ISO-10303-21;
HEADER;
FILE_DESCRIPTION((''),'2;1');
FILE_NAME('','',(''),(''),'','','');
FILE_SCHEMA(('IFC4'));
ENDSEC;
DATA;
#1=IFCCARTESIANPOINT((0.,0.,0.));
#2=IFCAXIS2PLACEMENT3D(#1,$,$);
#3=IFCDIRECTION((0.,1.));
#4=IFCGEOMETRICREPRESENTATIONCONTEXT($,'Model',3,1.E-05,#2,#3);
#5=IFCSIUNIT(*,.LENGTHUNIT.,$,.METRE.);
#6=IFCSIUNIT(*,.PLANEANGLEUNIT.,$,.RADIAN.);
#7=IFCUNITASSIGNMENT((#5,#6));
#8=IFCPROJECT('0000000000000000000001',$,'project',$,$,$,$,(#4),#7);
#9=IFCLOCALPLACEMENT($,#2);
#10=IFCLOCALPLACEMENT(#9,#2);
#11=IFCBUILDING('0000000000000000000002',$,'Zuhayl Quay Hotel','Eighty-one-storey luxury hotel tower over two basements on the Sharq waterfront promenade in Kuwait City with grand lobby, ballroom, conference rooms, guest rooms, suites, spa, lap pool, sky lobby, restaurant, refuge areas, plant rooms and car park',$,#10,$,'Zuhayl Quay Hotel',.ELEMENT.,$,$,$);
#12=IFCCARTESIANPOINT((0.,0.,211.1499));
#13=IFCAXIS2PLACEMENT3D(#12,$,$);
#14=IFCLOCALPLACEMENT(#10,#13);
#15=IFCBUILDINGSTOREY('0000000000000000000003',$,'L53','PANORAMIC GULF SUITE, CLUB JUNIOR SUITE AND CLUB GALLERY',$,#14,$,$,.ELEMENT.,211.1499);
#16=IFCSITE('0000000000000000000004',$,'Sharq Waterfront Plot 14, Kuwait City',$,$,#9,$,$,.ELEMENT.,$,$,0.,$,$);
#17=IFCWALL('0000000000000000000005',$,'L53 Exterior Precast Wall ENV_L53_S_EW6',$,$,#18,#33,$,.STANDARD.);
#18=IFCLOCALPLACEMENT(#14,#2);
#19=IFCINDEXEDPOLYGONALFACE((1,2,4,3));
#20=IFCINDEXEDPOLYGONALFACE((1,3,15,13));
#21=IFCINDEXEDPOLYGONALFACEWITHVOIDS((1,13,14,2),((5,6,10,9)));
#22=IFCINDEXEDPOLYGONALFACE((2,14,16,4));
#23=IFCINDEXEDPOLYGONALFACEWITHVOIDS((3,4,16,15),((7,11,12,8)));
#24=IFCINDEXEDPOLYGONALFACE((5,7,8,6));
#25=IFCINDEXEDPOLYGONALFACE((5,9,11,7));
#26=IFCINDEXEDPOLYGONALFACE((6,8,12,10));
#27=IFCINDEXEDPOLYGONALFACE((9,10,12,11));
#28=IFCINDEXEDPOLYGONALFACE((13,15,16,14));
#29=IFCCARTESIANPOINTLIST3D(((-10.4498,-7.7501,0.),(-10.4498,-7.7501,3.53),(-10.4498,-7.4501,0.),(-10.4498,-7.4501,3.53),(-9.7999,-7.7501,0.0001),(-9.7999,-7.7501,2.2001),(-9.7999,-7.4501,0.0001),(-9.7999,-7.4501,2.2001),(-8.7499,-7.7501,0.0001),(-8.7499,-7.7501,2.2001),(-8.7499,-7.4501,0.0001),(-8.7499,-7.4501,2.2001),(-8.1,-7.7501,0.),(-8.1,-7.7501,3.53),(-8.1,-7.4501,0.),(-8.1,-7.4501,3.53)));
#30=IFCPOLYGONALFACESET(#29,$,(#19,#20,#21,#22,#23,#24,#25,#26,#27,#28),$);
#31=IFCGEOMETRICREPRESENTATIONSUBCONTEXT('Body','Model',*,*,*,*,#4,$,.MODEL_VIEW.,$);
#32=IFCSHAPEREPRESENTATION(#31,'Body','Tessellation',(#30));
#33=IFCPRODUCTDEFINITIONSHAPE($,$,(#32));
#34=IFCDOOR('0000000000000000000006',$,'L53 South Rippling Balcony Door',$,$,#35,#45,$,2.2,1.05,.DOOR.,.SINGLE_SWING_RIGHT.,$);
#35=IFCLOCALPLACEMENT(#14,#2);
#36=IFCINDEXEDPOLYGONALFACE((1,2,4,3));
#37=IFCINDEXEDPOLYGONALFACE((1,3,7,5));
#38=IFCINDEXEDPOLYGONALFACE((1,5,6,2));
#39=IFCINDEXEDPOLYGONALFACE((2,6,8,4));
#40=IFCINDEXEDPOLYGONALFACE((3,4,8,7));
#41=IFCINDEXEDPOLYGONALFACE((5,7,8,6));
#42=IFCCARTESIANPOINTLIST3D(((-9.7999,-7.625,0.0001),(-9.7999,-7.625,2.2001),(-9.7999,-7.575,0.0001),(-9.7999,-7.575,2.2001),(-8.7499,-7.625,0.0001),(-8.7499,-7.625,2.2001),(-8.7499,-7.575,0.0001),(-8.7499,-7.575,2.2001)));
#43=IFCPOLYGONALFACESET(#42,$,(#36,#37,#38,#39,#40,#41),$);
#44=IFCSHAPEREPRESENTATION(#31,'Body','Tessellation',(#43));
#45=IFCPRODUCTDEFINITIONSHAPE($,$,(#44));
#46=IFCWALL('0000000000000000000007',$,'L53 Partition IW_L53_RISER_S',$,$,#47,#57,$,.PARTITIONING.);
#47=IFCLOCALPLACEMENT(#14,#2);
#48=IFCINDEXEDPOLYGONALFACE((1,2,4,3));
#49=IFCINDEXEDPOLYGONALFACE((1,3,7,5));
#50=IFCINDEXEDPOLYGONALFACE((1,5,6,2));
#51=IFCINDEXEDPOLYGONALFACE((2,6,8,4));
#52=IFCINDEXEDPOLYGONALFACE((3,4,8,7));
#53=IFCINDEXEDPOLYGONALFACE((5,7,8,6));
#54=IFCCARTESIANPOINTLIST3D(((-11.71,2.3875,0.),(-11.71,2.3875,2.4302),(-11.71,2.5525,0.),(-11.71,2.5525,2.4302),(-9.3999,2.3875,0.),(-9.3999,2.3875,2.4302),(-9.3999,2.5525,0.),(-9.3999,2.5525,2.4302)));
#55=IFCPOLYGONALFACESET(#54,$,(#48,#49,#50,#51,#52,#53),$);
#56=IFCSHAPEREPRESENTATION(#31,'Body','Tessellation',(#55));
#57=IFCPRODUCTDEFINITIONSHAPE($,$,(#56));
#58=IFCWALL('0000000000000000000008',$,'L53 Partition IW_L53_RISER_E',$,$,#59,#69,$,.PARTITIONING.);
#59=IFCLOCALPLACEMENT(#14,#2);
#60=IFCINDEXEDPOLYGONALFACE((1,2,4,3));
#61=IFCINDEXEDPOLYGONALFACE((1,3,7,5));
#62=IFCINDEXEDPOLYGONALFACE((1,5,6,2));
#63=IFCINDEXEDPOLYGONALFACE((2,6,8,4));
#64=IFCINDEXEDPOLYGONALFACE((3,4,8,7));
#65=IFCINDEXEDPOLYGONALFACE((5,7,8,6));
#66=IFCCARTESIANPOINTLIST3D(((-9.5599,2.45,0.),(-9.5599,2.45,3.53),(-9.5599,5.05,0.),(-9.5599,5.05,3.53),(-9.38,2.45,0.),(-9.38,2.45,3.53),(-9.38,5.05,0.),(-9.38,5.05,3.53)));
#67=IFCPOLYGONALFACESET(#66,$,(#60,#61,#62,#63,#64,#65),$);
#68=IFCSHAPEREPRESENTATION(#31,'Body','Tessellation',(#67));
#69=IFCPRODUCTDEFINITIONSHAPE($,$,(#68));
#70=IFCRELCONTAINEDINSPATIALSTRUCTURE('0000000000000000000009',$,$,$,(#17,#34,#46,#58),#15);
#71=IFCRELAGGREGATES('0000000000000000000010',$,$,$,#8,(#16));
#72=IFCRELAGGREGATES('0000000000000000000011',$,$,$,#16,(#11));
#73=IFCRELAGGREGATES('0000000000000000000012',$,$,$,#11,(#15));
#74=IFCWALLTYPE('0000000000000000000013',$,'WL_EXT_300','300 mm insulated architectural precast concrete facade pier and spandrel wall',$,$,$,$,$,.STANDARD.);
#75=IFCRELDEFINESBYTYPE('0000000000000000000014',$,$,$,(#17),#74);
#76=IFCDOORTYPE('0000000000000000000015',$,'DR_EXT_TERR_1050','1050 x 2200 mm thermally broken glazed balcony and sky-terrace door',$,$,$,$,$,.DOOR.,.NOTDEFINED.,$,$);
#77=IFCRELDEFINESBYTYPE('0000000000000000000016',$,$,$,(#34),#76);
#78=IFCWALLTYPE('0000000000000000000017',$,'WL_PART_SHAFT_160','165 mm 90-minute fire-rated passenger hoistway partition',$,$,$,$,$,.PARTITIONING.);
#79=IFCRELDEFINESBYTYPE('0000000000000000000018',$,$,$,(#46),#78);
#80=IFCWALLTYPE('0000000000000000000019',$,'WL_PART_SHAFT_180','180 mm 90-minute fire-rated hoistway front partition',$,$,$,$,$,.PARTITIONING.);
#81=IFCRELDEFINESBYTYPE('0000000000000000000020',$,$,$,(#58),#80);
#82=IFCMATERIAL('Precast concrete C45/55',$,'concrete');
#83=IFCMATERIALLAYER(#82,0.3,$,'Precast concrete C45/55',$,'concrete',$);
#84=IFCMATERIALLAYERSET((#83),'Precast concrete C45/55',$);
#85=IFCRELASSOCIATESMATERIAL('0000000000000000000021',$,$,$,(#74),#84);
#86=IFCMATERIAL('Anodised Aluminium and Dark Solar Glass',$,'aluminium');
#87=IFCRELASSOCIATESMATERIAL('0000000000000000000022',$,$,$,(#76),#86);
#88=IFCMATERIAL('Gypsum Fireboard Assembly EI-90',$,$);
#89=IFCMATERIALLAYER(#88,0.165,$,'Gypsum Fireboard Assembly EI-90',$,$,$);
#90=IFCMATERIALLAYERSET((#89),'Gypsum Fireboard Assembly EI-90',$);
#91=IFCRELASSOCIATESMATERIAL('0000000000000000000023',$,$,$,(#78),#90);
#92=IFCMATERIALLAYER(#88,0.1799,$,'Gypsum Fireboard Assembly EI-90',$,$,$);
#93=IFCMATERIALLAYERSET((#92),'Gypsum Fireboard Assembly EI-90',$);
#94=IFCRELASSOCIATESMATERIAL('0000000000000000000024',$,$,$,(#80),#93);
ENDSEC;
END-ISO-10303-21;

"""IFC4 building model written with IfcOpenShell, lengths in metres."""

from ifc_helpers import new_model, si_unit, direction, frame, frame_2d, origin, place, context, subcontext, project, spatial, rectangle, extrude, material, layer, layer_set, type_object, element, fill, save


model = new_model("IFC4")

# Units and contexts
model_context = context("Model", 3, precision=1e-05, world=origin(), true_north=direction((0.0, 1.0)))
body_context = subcontext(model_context, "Body", "Model", "MODEL_VIEW")
ifc_project = project(units=[si_unit("LENGTHUNIT", "METRE"), si_unit("PLANEANGLEUNIT", "RADIAN")], contexts=[model_context])

# Site, building, storey
site_placement = place(None, origin())
site = spatial("IfcSite", under=ifc_project, at=site_placement, Name="Sharq Waterfront Plot 14, Kuwait City", CompositionType="ELEMENT", RefElevation=0.0)
building_placement = place(site_placement, origin())
building = spatial("IfcBuilding", under=site, at=building_placement, Name="Zuhayl Quay Hotel", Description="Eighty-one-storey luxury hotel tower over two basements on the Sharq waterfront promenade in Kuwait City with grand lobby, ballroom, conference rooms, guest rooms, suites, spa, lap pool, sky lobby, restaurant, refuge areas, plant rooms and car park", LongName="Zuhayl Quay Hotel", CompositionType="ELEMENT")
storey_placement = place(building_placement, frame((0.0, 0.0, 211.1499)))
storey = spatial("IfcBuildingStorey", under=building, at=storey_placement, Name="L53", Description="PANORAMIC GULF SUITE, CLUB JUNIOR SUITE AND CLUB GALLERY", CompositionType="ELEMENT", Elevation=211.1499)

# Shared definitions
ifc_material_1 = material(Name="Precast concrete C45/55", Category="concrete")
ifc_layer_1 = layer(ifc_material_1, 0.3, Name="Precast concrete C45/55", Category="concrete")
ifc_layer_set_1 = layer_set([ifc_layer_1], Name="Precast concrete C45/55")
wall_type_1 = type_object("IfcWallType", Name="WL_EXT_300", Description="300 mm insulated architectural precast concrete facade pier and spandrel wall", PredefinedType="STANDARD", material=ifc_layer_set_1)

# Wall, opening, door
wall_1_placement = place(storey_placement, frame((-8.1001, -7.6001, 0.0), z_axis=(0.0, 0.0, 1.0), x_axis=(-1.0, 0.0, 0.0)))
wall_1 = element("IfcWall", 1, at=wall_1_placement, inside=storey, type_object=wall_type_1, Name="L53 Exterior Precast Wall ENV_L53_S_EW6", PredefinedType="STANDARD", context=body_context, shape_type="SweptSolid", body=[
    extrude(rectangle(XDim=2.3499, YDim=0.3, at=frame_2d((1.1748, 0.0))), origin(), (0.0, 0.0, 1.0), 3.53),
])
opening_placement = place(wall_1_placement, frame((0.6499, 0.0, 0.0)))
opening = element("IfcOpeningElement", 2, at=opening_placement, cuts=wall_1, PredefinedType="OPENING", context=body_context, shape_type="SweptSolid", body=[
    extrude(rectangle(XDim=1.05, YDim=2.2, at=frame_2d((0.5249, 1.1001))), frame((0.0, 0.1599, 0.0), z_axis=(0.0, -1.0, 0.0), x_axis=(1.0, 0.0, 0.0)), (0.0, 0.0, 1.0), 0.3201),
])
ifc_material_2 = material(Name="Anodised Aluminium and Dark Solar Glass", Category="aluminium")
door_type = type_object("IfcDoorType", Name="DR_EXT_TERR_1050", Description="1050 x 2200 mm thermally broken glazed balcony and sky-terrace door", OperationType="NOTDEFINED", PredefinedType="DOOR", material=ifc_material_2)
door_placement = place(opening_placement, origin())
door = element("IfcDoor", 3, at=door_placement, inside=storey, type_object=door_type, Name="L53 South Rippling Balcony Door", OperationType="SINGLE_SWING_RIGHT", OverallHeight=2.2, OverallWidth=1.05, PredefinedType="DOOR", context=body_context, shape_type="SweptSolid", body=[
    extrude(rectangle(XDim=1.05, YDim=2.2, at=frame_2d((0.5249, 1.1001))), frame((0.0, 0.0249, 0.0), z_axis=(0.0, -1.0, 0.0), x_axis=(1.0, 0.0, 0.0)), (0.0, 0.0, 1.0), 0.05),
])
fill(opening, door)

# Walls
ifc_material_3 = material(Name="Gypsum Fireboard Assembly EI-90")
ifc_layer_2 = layer(ifc_material_3, 0.165, Name="Gypsum Fireboard Assembly EI-90")
ifc_layer_set_2 = layer_set([ifc_layer_2], Name="Gypsum Fireboard Assembly EI-90")
wall_type_2 = type_object("IfcWallType", Name="WL_PART_SHAFT_160", Description="165 mm 90-minute fire-rated passenger hoistway partition", PredefinedType="PARTITIONING", material=ifc_layer_set_2)
wall_2_placement = place(storey_placement, frame((-11.71, 2.47, 0.0), z_axis=(0.0, 0.0, 1.0), x_axis=(1.0, 0.0, 0.0)))
element("IfcWall", 4, at=wall_2_placement, inside=storey, type_object=wall_type_2, Name="L53 Partition IW_L53_RISER_S", PredefinedType="PARTITIONING", context=body_context, shape_type="SweptSolid", body=[
    extrude(rectangle(XDim=2.3101, YDim=0.165, at=frame_2d((1.155, 0.0))), origin(), (0.0, 0.0, 1.0), 2.4302),
])
ifc_layer_3 = layer(ifc_material_3, 0.1799, Name="Gypsum Fireboard Assembly EI-90")
ifc_layer_set_3 = layer_set([ifc_layer_3], Name="Gypsum Fireboard Assembly EI-90")
wall_type_3 = type_object("IfcWallType", Name="WL_PART_SHAFT_180", Description="180 mm 90-minute fire-rated hoistway front partition", PredefinedType="PARTITIONING", material=ifc_layer_set_3)
wall_3_placement = place(storey_placement, frame((-9.47, 2.45, 0.0), z_axis=(0.0, 0.0, 1.0), x_axis=(0.0, 1.0, 0.0)))
element("IfcWall", 5, at=wall_3_placement, inside=storey, type_object=wall_type_3, Name="L53 Partition IW_L53_RISER_E", PredefinedType="PARTITIONING", context=body_context, shape_type="SweptSolid", body=[
    extrude(rectangle(XDim=2.6001, YDim=0.1799, at=frame_2d((1.3, 0.0))), origin(), (0.0, 0.0, 1.0), 3.53),
])

save(model, "model.ifc")
